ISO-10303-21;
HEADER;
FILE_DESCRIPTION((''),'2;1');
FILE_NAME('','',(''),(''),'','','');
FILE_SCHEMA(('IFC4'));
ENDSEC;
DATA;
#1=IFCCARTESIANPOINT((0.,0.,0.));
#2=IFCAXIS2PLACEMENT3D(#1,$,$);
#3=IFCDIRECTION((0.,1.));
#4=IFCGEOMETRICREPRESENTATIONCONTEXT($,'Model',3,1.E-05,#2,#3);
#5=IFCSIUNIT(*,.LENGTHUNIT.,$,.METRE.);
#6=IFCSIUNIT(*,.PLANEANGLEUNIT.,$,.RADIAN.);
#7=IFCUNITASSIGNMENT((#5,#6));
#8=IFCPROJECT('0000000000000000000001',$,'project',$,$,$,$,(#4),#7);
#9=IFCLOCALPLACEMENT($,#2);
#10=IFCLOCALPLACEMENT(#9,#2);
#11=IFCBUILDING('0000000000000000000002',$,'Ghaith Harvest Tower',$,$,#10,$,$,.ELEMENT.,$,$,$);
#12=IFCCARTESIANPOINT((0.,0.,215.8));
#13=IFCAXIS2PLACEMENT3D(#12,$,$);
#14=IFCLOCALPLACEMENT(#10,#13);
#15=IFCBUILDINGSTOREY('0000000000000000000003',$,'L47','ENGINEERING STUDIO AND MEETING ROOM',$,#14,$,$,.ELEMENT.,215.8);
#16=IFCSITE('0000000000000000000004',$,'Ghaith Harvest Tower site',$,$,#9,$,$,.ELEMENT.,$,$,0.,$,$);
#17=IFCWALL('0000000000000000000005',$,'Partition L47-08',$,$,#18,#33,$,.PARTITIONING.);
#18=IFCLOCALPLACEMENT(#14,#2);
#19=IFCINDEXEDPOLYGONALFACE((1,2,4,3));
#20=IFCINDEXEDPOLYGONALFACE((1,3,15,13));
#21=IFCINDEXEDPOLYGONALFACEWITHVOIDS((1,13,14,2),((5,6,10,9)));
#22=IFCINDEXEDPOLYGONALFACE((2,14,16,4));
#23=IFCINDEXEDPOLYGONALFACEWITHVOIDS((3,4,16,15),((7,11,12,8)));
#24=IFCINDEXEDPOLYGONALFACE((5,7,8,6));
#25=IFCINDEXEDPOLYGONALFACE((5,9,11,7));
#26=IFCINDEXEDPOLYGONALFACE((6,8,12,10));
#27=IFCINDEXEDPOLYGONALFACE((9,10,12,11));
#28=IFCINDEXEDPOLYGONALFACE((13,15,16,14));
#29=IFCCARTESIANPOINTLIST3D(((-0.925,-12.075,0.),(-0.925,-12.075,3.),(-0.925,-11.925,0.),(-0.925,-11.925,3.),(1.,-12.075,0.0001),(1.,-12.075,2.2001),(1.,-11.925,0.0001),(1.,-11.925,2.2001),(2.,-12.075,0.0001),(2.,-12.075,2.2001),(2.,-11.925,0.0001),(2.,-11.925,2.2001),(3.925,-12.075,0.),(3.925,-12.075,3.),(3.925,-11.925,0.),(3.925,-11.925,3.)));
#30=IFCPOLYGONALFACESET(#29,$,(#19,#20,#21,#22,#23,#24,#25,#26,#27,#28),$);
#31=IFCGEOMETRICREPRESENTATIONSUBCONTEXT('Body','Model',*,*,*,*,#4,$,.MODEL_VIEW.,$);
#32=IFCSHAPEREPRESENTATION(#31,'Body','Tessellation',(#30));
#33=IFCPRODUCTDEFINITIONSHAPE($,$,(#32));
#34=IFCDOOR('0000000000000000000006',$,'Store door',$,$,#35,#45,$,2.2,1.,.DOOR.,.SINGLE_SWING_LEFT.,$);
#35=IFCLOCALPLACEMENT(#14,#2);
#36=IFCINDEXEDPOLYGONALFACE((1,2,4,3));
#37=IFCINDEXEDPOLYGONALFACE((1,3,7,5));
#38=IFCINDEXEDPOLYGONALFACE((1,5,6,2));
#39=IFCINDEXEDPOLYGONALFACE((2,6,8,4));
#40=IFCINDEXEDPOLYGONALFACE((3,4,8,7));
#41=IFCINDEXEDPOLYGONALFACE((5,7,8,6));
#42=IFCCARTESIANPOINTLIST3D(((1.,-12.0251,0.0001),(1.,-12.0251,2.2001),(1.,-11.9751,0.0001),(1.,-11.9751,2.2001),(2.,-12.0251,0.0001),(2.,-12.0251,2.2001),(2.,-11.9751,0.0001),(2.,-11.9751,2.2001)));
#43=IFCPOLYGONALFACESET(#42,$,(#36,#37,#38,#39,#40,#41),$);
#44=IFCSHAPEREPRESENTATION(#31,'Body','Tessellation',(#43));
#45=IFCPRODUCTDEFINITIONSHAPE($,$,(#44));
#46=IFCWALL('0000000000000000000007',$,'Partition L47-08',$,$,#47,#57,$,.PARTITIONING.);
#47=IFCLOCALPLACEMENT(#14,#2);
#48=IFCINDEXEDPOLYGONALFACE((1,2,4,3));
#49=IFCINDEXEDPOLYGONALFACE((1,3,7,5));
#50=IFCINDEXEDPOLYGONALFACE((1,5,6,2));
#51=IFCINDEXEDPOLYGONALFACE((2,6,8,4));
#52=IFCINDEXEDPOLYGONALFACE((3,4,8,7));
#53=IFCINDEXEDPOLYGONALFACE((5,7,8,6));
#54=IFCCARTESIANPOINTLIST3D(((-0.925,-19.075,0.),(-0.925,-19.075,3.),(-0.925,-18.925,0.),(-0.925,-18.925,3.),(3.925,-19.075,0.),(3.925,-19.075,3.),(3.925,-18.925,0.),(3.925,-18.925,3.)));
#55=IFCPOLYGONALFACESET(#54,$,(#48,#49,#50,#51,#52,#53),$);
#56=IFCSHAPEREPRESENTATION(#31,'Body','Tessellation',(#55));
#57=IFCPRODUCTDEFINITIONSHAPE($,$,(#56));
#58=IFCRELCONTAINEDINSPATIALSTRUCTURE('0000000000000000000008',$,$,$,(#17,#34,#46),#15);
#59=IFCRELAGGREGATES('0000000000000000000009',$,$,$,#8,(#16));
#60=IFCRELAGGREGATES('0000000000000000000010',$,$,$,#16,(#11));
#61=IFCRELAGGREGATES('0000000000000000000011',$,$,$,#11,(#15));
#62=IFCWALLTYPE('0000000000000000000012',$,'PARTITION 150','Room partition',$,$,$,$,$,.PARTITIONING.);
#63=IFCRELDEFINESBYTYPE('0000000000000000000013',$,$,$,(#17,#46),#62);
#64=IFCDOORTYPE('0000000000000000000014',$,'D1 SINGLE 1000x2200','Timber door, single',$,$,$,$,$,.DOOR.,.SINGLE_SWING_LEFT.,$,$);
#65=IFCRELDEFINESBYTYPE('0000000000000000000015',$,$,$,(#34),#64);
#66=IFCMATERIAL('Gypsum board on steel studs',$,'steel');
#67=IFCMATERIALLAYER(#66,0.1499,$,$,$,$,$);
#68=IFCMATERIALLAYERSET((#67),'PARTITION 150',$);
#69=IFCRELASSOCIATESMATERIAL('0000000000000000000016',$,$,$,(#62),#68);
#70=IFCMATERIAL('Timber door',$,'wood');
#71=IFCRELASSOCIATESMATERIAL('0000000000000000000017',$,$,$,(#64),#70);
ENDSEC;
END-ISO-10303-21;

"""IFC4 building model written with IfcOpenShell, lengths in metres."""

from ifc_helpers import new_model, si_unit, direction, frame, frame_2d, origin, place, context, subcontext, project, spatial, rectangle, extrude, material, layer, layer_set, type_object, element, fill, save


model = new_model("IFC4")

# Units and contexts
model_context = context("Model", 3, precision=1e-05, world=origin(), true_north=direction((0.0, 1.0)))
body_context = subcontext(model_context, "Body", "Model", "MODEL_VIEW")
ifc_project = project(units=[si_unit("LENGTHUNIT", "METRE"), si_unit("PLANEANGLEUNIT", "RADIAN")], contexts=[model_context])

# Site, building, storey
site_placement = place(None, origin())
site = spatial("IfcSite", under=ifc_project, at=site_placement, Name="Ghaith Harvest Tower site", CompositionType="ELEMENT", RefElevation=0.0)
building_placement = place(site_placement, origin())
building = spatial("IfcBuilding", under=site, at=building_placement, Name="Ghaith Harvest Tower", CompositionType="ELEMENT")
storey_placement = place(building_placement, frame((0.0, 0.0, 215.8)))
storey = spatial("IfcBuildingStorey", under=building, at=storey_placement, Name="L47", Description="ENGINEERING STUDIO AND MEETING ROOM", CompositionType="ELEMENT", Elevation=215.8)

# Shared definitions
ifc_material_1 = material(Name="Gypsum board on steel studs", Category="steel")
ifc_layer_1 = layer(ifc_material_1, 0.1499)
ifc_layer_set_1 = layer_set([ifc_layer_1], Name="PARTITION 150")
wall_type = type_object("IfcWallType", Name="PARTITION 150", Description="Room partition", PredefinedType="PARTITIONING", material=ifc_layer_set_1)

# Wall, opening, door
wall_1_placement = place(storey_placement, frame((-0.925, -12.0, 0.0), z_axis=(0.0, 0.0, 1.0), x_axis=(1.0, 0.0, 0.0)))
wall_1 = element("IfcWall", 1, at=wall_1_placement, inside=storey, type_object=wall_type, Name="Partition L47-08", PredefinedType="PARTITIONING", context=body_context, shape_type="SweptSolid", body=[
    extrude(rectangle(XDim=4.8501, YDim=0.1499, at=frame_2d((2.425, 0.0))), origin(), (0.0, 0.0, 1.0), 3.0),
])
opening_1_placement = place(wall_1_placement, frame((1.925, 0.0, 0.0)))
opening_1 = element("IfcOpeningElement", 2, at=opening_1_placement, cuts=wall_1, PredefinedType="OPENING", context=body_context, shape_type="SweptSolid", body=[
    extrude(rectangle(XDim=1.0, YDim=2.2, at=frame_2d((0.5, 1.1001))), frame((0.0, 0.085, 0.0), z_axis=(0.0, -1.0, 0.0), x_axis=(1.0, 0.0, 0.0)), (0.0, 0.0, 1.0), 0.1699),
])
ifc_material_2 = material(Name="Timber door", Category="wood")
door_type_1 = type_object("IfcDoorType", Name="D1 SINGLE 1000x2200", Description="Timber door, single", OperationType="SINGLE_SWING_LEFT", PredefinedType="DOOR", material=ifc_material_2)
door_1_placement = place(opening_1_placement, origin())
door_1 = element("IfcDoor", 3, at=door_1_placement, inside=storey, type_object=door_type_1, Name="Store door", OperationType="SINGLE_SWING_LEFT", OverallHeight=2.2, OverallWidth=1.0, PredefinedType="DOOR", context=body_context, shape_type="SweptSolid", body=[
    extrude(rectangle(XDim=1.0, YDim=2.2, at=frame_2d((0.5, 1.1001))), frame((0.0, 0.0249, 0.0), z_axis=(0.0, -1.0, 0.0), x_axis=(1.0, 0.0, 0.0)), (0.0, 0.0, 1.0), 0.05),
])
fill(opening_1, door_1)

# Wall
wall_2_placement = place(storey_placement, frame((-0.925, -19.0, 0.0), z_axis=(0.0, 0.0, 1.0), x_axis=(1.0, 0.0, 0.0)))
element("IfcWall", 4, at=wall_2_placement, inside=storey, type_object=wall_type, Name="Partition L47-08", PredefinedType="PARTITIONING", context=body_context, shape_type="SweptSolid", body=[
    extrude(rectangle(XDim=4.8501, YDim=0.1499, at=frame_2d((2.425, 0.0))), origin(), (0.0, 0.0, 1.0), 3.0),
])

save(model, "model.ifc")
